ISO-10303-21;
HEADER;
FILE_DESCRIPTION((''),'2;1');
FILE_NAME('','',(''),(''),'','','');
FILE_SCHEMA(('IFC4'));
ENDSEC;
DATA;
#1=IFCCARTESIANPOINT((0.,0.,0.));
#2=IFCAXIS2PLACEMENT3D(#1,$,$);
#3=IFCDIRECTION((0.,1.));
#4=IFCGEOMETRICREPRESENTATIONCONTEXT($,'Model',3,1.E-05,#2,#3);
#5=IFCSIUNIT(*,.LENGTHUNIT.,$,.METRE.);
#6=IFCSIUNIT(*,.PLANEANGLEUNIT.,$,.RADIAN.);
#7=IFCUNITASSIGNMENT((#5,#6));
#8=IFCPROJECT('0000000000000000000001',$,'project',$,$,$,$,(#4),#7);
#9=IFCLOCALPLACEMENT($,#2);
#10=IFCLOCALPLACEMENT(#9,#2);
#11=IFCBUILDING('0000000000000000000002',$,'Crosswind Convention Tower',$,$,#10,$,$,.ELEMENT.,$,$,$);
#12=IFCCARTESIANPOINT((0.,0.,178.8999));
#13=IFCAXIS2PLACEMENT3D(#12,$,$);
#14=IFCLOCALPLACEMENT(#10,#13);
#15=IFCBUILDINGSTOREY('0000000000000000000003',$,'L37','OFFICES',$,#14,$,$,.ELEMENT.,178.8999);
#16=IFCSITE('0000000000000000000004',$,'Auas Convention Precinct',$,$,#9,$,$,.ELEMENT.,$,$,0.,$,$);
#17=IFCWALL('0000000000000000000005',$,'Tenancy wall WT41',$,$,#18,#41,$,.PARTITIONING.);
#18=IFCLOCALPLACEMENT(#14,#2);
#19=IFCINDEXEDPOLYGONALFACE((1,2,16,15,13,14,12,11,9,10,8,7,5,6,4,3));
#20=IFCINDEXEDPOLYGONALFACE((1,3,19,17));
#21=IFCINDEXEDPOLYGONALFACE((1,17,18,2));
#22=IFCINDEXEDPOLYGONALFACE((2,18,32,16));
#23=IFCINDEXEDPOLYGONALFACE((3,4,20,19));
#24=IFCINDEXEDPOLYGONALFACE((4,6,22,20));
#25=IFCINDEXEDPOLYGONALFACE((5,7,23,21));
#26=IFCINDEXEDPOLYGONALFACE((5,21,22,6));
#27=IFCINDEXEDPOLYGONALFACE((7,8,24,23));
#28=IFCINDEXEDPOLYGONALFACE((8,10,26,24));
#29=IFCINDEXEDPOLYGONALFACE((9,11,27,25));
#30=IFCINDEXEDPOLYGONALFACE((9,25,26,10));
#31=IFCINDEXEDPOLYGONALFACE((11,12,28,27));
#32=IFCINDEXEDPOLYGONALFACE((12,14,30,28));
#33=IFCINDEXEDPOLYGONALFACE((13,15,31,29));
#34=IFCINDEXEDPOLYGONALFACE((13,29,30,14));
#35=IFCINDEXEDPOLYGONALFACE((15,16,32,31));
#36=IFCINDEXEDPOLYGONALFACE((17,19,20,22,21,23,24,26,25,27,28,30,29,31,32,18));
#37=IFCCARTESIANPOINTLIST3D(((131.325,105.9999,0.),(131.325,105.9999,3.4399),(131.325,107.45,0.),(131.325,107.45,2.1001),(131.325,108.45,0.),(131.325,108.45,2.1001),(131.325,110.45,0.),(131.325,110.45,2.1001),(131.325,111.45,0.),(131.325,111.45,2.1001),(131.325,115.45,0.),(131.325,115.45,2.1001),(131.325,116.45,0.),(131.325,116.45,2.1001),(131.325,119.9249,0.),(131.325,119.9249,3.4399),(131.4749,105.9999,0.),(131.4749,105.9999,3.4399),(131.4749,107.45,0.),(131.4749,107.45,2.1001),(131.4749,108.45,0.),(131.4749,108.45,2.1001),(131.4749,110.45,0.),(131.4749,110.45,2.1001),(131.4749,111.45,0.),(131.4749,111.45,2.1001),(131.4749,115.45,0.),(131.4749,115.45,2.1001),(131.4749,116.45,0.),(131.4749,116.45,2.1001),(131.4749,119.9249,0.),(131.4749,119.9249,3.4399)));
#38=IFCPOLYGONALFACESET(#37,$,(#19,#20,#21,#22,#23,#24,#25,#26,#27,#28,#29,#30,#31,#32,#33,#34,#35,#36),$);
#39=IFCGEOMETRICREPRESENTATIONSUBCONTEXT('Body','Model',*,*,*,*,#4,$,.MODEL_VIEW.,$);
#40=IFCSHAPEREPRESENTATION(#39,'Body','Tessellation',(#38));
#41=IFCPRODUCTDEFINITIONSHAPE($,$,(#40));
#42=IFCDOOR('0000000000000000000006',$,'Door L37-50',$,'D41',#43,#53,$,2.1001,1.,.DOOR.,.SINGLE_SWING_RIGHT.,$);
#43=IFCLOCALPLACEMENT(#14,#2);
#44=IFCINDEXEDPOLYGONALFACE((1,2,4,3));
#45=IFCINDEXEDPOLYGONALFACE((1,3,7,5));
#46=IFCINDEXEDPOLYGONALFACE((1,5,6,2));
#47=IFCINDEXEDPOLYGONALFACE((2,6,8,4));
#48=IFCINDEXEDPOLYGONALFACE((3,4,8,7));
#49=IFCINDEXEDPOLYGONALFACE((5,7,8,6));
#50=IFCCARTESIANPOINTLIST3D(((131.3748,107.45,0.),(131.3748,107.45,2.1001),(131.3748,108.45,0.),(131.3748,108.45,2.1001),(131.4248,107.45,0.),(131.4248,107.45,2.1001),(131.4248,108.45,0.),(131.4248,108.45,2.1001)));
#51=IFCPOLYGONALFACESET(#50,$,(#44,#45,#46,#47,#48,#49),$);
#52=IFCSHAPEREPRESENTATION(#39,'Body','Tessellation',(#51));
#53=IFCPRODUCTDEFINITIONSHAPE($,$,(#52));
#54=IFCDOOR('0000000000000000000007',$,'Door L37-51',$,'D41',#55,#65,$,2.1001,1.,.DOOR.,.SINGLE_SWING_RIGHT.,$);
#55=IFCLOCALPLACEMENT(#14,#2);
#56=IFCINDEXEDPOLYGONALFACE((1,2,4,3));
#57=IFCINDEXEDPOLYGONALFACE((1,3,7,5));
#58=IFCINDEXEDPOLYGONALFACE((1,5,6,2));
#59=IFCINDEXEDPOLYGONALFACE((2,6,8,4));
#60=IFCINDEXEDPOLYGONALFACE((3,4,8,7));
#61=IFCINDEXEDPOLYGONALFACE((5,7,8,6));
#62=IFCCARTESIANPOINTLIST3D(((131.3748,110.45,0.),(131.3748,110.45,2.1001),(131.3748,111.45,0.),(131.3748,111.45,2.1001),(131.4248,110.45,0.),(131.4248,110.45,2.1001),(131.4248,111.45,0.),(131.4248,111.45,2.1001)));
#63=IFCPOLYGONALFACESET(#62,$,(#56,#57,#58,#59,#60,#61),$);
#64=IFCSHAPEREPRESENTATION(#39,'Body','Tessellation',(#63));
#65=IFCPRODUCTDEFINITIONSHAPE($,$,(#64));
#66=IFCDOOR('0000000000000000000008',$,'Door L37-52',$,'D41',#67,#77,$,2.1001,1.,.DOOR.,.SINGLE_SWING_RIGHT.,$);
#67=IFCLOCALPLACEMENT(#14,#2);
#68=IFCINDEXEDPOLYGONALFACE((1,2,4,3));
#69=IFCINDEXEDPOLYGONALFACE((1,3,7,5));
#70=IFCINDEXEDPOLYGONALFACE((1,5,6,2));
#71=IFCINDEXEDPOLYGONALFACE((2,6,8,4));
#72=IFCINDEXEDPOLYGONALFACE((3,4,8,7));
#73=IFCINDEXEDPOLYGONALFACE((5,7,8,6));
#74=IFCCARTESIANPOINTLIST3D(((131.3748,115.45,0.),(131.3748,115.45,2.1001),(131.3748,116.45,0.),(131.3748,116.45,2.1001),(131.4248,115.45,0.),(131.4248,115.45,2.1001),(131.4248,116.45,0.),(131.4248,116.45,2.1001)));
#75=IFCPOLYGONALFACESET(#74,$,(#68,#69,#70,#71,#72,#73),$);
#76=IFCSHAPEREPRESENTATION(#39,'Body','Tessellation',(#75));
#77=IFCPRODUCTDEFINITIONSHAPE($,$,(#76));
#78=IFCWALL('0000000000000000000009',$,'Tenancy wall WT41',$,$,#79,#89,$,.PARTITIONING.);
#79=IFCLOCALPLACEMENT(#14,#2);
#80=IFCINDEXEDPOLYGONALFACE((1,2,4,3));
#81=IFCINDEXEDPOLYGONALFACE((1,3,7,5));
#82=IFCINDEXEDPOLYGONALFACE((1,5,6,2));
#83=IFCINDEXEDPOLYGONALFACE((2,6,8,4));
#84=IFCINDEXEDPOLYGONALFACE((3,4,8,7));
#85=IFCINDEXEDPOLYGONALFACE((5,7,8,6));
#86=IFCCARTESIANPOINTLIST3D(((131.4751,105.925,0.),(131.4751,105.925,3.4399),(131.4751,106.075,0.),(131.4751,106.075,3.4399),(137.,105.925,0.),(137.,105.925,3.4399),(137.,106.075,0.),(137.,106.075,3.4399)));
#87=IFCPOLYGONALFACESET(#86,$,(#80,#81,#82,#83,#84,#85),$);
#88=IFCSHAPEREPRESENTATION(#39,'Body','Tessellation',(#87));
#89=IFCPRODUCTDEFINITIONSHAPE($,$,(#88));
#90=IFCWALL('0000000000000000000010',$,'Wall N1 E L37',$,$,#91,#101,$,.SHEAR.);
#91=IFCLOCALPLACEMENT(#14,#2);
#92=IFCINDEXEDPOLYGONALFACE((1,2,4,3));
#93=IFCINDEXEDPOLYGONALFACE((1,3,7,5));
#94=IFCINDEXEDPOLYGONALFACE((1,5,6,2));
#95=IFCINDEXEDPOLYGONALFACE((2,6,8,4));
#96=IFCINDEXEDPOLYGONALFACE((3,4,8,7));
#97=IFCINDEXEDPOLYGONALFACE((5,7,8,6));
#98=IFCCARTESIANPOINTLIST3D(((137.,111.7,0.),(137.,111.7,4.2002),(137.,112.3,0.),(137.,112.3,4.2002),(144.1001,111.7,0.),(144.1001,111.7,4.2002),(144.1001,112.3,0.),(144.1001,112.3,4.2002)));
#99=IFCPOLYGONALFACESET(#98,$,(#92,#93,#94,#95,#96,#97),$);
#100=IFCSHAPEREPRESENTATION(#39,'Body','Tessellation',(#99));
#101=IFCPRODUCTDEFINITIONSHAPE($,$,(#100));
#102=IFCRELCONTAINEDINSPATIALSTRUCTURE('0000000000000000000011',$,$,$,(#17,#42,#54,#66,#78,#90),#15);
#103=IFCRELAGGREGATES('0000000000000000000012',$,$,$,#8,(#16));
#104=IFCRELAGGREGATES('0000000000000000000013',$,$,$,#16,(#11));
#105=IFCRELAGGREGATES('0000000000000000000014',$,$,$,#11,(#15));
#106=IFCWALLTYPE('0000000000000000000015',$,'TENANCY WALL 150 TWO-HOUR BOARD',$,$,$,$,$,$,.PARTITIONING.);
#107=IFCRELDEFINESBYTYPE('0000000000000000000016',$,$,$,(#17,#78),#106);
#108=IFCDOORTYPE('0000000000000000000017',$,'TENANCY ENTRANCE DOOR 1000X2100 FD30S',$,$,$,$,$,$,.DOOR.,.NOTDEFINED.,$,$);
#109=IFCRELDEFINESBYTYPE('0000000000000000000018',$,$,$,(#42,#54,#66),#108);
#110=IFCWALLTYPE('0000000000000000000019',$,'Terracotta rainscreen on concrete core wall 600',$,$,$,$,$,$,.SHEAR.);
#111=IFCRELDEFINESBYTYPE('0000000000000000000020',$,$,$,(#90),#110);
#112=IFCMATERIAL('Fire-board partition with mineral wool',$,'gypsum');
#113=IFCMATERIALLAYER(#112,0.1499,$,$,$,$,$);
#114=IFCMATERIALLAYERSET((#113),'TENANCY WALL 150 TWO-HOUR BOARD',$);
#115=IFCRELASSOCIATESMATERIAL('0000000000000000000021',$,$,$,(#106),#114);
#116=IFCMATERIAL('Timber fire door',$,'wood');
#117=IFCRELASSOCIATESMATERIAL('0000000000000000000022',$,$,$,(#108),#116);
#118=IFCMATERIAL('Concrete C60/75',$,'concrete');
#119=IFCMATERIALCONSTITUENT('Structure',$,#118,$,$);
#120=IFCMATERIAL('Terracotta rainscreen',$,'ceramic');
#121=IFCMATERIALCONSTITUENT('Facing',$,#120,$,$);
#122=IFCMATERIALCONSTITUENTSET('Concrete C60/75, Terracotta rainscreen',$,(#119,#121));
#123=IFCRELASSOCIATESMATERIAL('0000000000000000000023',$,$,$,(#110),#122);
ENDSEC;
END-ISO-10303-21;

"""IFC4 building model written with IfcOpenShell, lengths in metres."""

from ifc_helpers import new_model, si_unit, direction, frame, frame_2d, origin, place, context, subcontext, project, spatial, rectangle, extrude, material, layer, layer_set, constituent, constituent_set, type_object, element, fill, save


model = new_model("IFC4")

# Units and contexts
model_context = context("Model", 3, precision=1e-05, world=origin(), true_north=direction((0.0, 1.0)))
body_context = subcontext(model_context, "Body", "Model", "MODEL_VIEW")
ifc_project = project(units=[si_unit("LENGTHUNIT", "METRE"), si_unit("PLANEANGLEUNIT", "RADIAN")], contexts=[model_context])

# Site, building, storey
site_placement = place(None, origin())
site = spatial("IfcSite", under=ifc_project, at=site_placement, Name="Auas Convention Precinct", CompositionType="ELEMENT", RefElevation=0.0)
building_placement = place(site_placement, origin())
building = spatial("IfcBuilding", under=site, at=building_placement, Name="Crosswind Convention Tower", CompositionType="ELEMENT")
storey_placement = place(building_placement, frame((0.0, 0.0, 178.8999)))
storey = spatial("IfcBuildingStorey", under=building, at=storey_placement, Name="L37", Description="OFFICES", CompositionType="ELEMENT", Elevation=178.8999)

# Shared definitions
ifc_material_1 = material(Name="Concrete C60/75", Category="concrete")

# Wall, openings, doors
ifc_material_2 = material(Name="Fire-board partition with mineral wool", Category="gypsum")
ifc_layer_1 = layer(ifc_material_2, 0.1499)
ifc_layer_set_1 = layer_set([ifc_layer_1], Name="TENANCY WALL 150 TWO-HOUR BOARD")
wall_type_1 = type_object("IfcWallType", Name="TENANCY WALL 150 TWO-HOUR BOARD", PredefinedType="PARTITIONING", material=ifc_layer_set_1)
wall_1_placement = place(storey_placement, frame((131.3999, 106.0, 0.0), z_axis=(0.0, 0.0, 1.0), x_axis=(0.0, 1.0, 0.0)))
wall_1 = element("IfcWall", 1, at=wall_1_placement, inside=storey, type_object=wall_type_1, Name="Tenancy wall WT41", PredefinedType="PARTITIONING", context=body_context, shape_type="SweptSolid", body=[
    extrude(rectangle(XDim=13.925, YDim=0.1499, at=frame_2d((6.9624, 0.0))), origin(), (0.0, 0.0, 1.0), 3.4399),
])
opening_1_placement = place(wall_1_placement, frame((1.45, 0.0, 0.0)))
opening_1 = element("IfcOpeningElement", 2, at=opening_1_placement, cuts=wall_1, PredefinedType="OPENING", context=body_context, shape_type="SweptSolid", body=[
    extrude(rectangle(XDim=1.0, YDim=2.1001, at=frame_2d((0.5, 1.05))), frame((0.0, 0.085, 0.0), z_axis=(0.0, -1.0, 0.0), x_axis=(1.0, 0.0, 0.0)), (0.0, 0.0, 1.0), 0.1699),
])
opening_2_placement = place(wall_1_placement, frame((4.45, 0.0, 0.0)))
opening_2 = element("IfcOpeningElement", 3, at=opening_2_placement, cuts=wall_1, PredefinedType="OPENING", context=body_context, shape_type="SweptSolid", body=[
    extrude(rectangle(XDim=1.0, YDim=2.1001, at=frame_2d((0.5, 1.05))), frame((0.0, 0.085, 0.0), z_axis=(0.0, -1.0, 0.0), x_axis=(1.0, 0.0, 0.0)), (0.0, 0.0, 1.0), 0.1699),
])
opening_3_placement = place(wall_1_placement, frame((9.45, 0.0, 0.0)))
opening_3 = element("IfcOpeningElement", 4, at=opening_3_placement, cuts=wall_1, PredefinedType="OPENING", context=body_context, shape_type="SweptSolid", body=[
    extrude(rectangle(XDim=1.0, YDim=2.1001, at=frame_2d((0.5, 1.05))), frame((0.0, 0.085, 0.0), z_axis=(0.0, -1.0, 0.0), x_axis=(1.0, 0.0, 0.0)), (0.0, 0.0, 1.0), 0.1699),
])
ifc_material_3 = material(Name="Timber fire door", Category="wood")
door_type = type_object("IfcDoorType", Name="TENANCY ENTRANCE DOOR 1000X2100 FD30S", OperationType="NOTDEFINED", PredefinedType="DOOR", material=ifc_material_3)
door_1_placement = place(opening_1_placement, frame((1.0, 0.0, 0.0), z_axis=(0.0, 0.0, 1.0), x_axis=(-1.0, 0.0, 0.0)))
door_1 = element("IfcDoor", 5, at=door_1_placement, inside=storey, type_object=door_type, Name="Door L37-50", ObjectType="D41", OperationType="SINGLE_SWING_RIGHT", OverallHeight=2.1001, OverallWidth=1.0, PredefinedType="DOOR", context=body_context, shape_type="SweptSolid", body=[
    extrude(rectangle(XDim=1.0, YDim=2.1001, at=frame_2d((0.5, 1.05))), frame((0.0, 0.0249, 0.0), z_axis=(0.0, -1.0, 0.0), x_axis=(1.0, 0.0, 0.0)), (0.0, 0.0, 1.0), 0.05),
])
fill(opening_1, door_1)
door_2_placement = place(opening_2_placement, frame((1.0, 0.0, 0.0), z_axis=(0.0, 0.0, 1.0), x_axis=(-1.0, 0.0, 0.0)))
door_2 = element("IfcDoor", 6, at=door_2_placement, inside=storey, type_object=door_type, Name="Door L37-51", ObjectType="D41", OperationType="SINGLE_SWING_RIGHT", OverallHeight=2.1001, OverallWidth=1.0, PredefinedType="DOOR", context=body_context, shape_type="SweptSolid", body=[
    extrude(rectangle(XDim=1.0, YDim=2.1001, at=frame_2d((0.5, 1.05))), frame((0.0, 0.0249, 0.0), z_axis=(0.0, -1.0, 0.0), x_axis=(1.0, 0.0, 0.0)), (0.0, 0.0, 1.0), 0.05),
])
fill(opening_2, door_2)
door_3_placement = place(opening_3_placement, frame((1.0, 0.0, 0.0), z_axis=(0.0, 0.0, 1.0), x_axis=(-1.0, 0.0, 0.0)))
door_3 = element("IfcDoor", 7, at=door_3_placement, inside=storey, type_object=door_type, Name="Door L37-52", ObjectType="D41", OperationType="SINGLE_SWING_RIGHT", OverallHeight=2.1001, OverallWidth=1.0, PredefinedType="DOOR", context=body_context, shape_type="SweptSolid", body=[
    extrude(rectangle(XDim=1.0, YDim=2.1001, at=frame_2d((0.5, 1.05))), frame((0.0, 0.0249, 0.0), z_axis=(0.0, -1.0, 0.0), x_axis=(1.0, 0.0, 0.0)), (0.0, 0.0, 1.0), 0.05),
])
fill(opening_3, door_3)

# Walls
wall_2_placement = place(storey_placement, frame((131.4751, 106.0, 0.0), z_axis=(0.0, 0.0, 1.0), x_axis=(1.0, 0.0, 0.0)))
element("IfcWall", 8, at=wall_2_placement, inside=storey, type_object=wall_type_1, Name="Tenancy wall WT41", PredefinedType="PARTITIONING", context=body_context, shape_type="SweptSolid", body=[
    extrude(rectangle(XDim=5.5249, YDim=0.1499, at=frame_2d((2.7625, 0.0))), origin(), (0.0, 0.0, 1.0), 3.4399),
])
ifc_constituent_1 = constituent(ifc_material_1, Name="Structure")
ifc_material_4 = material(Name="Terracotta rainscreen", Category="ceramic")
ifc_constituent_2 = constituent(ifc_material_4, Name="Facing")
ifc_constituent_set = constituent_set(constituents=[ifc_constituent_1, ifc_constituent_2], Name="Concrete C60/75, Terracotta rainscreen")
wall_type_2 = type_object("IfcWallType", Name="Terracotta rainscreen on concrete core wall 600", PredefinedType="SHEAR", material=ifc_constituent_set)
wall_3_placement = place(storey_placement, frame((137.0, 112.0, 0.0), z_axis=(0.0, 0.0, 1.0), x_axis=(1.0, 0.0, 0.0)))
element("IfcWall", 9, at=wall_3_placement, inside=storey, type_object=wall_type_2, Name="Wall N1 E L37", PredefinedType="SHEAR", context=body_context, shape_type="SweptSolid", body=[
    extrude(rectangle(XDim=7.1001, YDim=0.6001, at=frame_2d((3.55, 0.0))), origin(), (0.0, 0.0, 1.0), 4.2002),
])

save(model, "model.ifc")
